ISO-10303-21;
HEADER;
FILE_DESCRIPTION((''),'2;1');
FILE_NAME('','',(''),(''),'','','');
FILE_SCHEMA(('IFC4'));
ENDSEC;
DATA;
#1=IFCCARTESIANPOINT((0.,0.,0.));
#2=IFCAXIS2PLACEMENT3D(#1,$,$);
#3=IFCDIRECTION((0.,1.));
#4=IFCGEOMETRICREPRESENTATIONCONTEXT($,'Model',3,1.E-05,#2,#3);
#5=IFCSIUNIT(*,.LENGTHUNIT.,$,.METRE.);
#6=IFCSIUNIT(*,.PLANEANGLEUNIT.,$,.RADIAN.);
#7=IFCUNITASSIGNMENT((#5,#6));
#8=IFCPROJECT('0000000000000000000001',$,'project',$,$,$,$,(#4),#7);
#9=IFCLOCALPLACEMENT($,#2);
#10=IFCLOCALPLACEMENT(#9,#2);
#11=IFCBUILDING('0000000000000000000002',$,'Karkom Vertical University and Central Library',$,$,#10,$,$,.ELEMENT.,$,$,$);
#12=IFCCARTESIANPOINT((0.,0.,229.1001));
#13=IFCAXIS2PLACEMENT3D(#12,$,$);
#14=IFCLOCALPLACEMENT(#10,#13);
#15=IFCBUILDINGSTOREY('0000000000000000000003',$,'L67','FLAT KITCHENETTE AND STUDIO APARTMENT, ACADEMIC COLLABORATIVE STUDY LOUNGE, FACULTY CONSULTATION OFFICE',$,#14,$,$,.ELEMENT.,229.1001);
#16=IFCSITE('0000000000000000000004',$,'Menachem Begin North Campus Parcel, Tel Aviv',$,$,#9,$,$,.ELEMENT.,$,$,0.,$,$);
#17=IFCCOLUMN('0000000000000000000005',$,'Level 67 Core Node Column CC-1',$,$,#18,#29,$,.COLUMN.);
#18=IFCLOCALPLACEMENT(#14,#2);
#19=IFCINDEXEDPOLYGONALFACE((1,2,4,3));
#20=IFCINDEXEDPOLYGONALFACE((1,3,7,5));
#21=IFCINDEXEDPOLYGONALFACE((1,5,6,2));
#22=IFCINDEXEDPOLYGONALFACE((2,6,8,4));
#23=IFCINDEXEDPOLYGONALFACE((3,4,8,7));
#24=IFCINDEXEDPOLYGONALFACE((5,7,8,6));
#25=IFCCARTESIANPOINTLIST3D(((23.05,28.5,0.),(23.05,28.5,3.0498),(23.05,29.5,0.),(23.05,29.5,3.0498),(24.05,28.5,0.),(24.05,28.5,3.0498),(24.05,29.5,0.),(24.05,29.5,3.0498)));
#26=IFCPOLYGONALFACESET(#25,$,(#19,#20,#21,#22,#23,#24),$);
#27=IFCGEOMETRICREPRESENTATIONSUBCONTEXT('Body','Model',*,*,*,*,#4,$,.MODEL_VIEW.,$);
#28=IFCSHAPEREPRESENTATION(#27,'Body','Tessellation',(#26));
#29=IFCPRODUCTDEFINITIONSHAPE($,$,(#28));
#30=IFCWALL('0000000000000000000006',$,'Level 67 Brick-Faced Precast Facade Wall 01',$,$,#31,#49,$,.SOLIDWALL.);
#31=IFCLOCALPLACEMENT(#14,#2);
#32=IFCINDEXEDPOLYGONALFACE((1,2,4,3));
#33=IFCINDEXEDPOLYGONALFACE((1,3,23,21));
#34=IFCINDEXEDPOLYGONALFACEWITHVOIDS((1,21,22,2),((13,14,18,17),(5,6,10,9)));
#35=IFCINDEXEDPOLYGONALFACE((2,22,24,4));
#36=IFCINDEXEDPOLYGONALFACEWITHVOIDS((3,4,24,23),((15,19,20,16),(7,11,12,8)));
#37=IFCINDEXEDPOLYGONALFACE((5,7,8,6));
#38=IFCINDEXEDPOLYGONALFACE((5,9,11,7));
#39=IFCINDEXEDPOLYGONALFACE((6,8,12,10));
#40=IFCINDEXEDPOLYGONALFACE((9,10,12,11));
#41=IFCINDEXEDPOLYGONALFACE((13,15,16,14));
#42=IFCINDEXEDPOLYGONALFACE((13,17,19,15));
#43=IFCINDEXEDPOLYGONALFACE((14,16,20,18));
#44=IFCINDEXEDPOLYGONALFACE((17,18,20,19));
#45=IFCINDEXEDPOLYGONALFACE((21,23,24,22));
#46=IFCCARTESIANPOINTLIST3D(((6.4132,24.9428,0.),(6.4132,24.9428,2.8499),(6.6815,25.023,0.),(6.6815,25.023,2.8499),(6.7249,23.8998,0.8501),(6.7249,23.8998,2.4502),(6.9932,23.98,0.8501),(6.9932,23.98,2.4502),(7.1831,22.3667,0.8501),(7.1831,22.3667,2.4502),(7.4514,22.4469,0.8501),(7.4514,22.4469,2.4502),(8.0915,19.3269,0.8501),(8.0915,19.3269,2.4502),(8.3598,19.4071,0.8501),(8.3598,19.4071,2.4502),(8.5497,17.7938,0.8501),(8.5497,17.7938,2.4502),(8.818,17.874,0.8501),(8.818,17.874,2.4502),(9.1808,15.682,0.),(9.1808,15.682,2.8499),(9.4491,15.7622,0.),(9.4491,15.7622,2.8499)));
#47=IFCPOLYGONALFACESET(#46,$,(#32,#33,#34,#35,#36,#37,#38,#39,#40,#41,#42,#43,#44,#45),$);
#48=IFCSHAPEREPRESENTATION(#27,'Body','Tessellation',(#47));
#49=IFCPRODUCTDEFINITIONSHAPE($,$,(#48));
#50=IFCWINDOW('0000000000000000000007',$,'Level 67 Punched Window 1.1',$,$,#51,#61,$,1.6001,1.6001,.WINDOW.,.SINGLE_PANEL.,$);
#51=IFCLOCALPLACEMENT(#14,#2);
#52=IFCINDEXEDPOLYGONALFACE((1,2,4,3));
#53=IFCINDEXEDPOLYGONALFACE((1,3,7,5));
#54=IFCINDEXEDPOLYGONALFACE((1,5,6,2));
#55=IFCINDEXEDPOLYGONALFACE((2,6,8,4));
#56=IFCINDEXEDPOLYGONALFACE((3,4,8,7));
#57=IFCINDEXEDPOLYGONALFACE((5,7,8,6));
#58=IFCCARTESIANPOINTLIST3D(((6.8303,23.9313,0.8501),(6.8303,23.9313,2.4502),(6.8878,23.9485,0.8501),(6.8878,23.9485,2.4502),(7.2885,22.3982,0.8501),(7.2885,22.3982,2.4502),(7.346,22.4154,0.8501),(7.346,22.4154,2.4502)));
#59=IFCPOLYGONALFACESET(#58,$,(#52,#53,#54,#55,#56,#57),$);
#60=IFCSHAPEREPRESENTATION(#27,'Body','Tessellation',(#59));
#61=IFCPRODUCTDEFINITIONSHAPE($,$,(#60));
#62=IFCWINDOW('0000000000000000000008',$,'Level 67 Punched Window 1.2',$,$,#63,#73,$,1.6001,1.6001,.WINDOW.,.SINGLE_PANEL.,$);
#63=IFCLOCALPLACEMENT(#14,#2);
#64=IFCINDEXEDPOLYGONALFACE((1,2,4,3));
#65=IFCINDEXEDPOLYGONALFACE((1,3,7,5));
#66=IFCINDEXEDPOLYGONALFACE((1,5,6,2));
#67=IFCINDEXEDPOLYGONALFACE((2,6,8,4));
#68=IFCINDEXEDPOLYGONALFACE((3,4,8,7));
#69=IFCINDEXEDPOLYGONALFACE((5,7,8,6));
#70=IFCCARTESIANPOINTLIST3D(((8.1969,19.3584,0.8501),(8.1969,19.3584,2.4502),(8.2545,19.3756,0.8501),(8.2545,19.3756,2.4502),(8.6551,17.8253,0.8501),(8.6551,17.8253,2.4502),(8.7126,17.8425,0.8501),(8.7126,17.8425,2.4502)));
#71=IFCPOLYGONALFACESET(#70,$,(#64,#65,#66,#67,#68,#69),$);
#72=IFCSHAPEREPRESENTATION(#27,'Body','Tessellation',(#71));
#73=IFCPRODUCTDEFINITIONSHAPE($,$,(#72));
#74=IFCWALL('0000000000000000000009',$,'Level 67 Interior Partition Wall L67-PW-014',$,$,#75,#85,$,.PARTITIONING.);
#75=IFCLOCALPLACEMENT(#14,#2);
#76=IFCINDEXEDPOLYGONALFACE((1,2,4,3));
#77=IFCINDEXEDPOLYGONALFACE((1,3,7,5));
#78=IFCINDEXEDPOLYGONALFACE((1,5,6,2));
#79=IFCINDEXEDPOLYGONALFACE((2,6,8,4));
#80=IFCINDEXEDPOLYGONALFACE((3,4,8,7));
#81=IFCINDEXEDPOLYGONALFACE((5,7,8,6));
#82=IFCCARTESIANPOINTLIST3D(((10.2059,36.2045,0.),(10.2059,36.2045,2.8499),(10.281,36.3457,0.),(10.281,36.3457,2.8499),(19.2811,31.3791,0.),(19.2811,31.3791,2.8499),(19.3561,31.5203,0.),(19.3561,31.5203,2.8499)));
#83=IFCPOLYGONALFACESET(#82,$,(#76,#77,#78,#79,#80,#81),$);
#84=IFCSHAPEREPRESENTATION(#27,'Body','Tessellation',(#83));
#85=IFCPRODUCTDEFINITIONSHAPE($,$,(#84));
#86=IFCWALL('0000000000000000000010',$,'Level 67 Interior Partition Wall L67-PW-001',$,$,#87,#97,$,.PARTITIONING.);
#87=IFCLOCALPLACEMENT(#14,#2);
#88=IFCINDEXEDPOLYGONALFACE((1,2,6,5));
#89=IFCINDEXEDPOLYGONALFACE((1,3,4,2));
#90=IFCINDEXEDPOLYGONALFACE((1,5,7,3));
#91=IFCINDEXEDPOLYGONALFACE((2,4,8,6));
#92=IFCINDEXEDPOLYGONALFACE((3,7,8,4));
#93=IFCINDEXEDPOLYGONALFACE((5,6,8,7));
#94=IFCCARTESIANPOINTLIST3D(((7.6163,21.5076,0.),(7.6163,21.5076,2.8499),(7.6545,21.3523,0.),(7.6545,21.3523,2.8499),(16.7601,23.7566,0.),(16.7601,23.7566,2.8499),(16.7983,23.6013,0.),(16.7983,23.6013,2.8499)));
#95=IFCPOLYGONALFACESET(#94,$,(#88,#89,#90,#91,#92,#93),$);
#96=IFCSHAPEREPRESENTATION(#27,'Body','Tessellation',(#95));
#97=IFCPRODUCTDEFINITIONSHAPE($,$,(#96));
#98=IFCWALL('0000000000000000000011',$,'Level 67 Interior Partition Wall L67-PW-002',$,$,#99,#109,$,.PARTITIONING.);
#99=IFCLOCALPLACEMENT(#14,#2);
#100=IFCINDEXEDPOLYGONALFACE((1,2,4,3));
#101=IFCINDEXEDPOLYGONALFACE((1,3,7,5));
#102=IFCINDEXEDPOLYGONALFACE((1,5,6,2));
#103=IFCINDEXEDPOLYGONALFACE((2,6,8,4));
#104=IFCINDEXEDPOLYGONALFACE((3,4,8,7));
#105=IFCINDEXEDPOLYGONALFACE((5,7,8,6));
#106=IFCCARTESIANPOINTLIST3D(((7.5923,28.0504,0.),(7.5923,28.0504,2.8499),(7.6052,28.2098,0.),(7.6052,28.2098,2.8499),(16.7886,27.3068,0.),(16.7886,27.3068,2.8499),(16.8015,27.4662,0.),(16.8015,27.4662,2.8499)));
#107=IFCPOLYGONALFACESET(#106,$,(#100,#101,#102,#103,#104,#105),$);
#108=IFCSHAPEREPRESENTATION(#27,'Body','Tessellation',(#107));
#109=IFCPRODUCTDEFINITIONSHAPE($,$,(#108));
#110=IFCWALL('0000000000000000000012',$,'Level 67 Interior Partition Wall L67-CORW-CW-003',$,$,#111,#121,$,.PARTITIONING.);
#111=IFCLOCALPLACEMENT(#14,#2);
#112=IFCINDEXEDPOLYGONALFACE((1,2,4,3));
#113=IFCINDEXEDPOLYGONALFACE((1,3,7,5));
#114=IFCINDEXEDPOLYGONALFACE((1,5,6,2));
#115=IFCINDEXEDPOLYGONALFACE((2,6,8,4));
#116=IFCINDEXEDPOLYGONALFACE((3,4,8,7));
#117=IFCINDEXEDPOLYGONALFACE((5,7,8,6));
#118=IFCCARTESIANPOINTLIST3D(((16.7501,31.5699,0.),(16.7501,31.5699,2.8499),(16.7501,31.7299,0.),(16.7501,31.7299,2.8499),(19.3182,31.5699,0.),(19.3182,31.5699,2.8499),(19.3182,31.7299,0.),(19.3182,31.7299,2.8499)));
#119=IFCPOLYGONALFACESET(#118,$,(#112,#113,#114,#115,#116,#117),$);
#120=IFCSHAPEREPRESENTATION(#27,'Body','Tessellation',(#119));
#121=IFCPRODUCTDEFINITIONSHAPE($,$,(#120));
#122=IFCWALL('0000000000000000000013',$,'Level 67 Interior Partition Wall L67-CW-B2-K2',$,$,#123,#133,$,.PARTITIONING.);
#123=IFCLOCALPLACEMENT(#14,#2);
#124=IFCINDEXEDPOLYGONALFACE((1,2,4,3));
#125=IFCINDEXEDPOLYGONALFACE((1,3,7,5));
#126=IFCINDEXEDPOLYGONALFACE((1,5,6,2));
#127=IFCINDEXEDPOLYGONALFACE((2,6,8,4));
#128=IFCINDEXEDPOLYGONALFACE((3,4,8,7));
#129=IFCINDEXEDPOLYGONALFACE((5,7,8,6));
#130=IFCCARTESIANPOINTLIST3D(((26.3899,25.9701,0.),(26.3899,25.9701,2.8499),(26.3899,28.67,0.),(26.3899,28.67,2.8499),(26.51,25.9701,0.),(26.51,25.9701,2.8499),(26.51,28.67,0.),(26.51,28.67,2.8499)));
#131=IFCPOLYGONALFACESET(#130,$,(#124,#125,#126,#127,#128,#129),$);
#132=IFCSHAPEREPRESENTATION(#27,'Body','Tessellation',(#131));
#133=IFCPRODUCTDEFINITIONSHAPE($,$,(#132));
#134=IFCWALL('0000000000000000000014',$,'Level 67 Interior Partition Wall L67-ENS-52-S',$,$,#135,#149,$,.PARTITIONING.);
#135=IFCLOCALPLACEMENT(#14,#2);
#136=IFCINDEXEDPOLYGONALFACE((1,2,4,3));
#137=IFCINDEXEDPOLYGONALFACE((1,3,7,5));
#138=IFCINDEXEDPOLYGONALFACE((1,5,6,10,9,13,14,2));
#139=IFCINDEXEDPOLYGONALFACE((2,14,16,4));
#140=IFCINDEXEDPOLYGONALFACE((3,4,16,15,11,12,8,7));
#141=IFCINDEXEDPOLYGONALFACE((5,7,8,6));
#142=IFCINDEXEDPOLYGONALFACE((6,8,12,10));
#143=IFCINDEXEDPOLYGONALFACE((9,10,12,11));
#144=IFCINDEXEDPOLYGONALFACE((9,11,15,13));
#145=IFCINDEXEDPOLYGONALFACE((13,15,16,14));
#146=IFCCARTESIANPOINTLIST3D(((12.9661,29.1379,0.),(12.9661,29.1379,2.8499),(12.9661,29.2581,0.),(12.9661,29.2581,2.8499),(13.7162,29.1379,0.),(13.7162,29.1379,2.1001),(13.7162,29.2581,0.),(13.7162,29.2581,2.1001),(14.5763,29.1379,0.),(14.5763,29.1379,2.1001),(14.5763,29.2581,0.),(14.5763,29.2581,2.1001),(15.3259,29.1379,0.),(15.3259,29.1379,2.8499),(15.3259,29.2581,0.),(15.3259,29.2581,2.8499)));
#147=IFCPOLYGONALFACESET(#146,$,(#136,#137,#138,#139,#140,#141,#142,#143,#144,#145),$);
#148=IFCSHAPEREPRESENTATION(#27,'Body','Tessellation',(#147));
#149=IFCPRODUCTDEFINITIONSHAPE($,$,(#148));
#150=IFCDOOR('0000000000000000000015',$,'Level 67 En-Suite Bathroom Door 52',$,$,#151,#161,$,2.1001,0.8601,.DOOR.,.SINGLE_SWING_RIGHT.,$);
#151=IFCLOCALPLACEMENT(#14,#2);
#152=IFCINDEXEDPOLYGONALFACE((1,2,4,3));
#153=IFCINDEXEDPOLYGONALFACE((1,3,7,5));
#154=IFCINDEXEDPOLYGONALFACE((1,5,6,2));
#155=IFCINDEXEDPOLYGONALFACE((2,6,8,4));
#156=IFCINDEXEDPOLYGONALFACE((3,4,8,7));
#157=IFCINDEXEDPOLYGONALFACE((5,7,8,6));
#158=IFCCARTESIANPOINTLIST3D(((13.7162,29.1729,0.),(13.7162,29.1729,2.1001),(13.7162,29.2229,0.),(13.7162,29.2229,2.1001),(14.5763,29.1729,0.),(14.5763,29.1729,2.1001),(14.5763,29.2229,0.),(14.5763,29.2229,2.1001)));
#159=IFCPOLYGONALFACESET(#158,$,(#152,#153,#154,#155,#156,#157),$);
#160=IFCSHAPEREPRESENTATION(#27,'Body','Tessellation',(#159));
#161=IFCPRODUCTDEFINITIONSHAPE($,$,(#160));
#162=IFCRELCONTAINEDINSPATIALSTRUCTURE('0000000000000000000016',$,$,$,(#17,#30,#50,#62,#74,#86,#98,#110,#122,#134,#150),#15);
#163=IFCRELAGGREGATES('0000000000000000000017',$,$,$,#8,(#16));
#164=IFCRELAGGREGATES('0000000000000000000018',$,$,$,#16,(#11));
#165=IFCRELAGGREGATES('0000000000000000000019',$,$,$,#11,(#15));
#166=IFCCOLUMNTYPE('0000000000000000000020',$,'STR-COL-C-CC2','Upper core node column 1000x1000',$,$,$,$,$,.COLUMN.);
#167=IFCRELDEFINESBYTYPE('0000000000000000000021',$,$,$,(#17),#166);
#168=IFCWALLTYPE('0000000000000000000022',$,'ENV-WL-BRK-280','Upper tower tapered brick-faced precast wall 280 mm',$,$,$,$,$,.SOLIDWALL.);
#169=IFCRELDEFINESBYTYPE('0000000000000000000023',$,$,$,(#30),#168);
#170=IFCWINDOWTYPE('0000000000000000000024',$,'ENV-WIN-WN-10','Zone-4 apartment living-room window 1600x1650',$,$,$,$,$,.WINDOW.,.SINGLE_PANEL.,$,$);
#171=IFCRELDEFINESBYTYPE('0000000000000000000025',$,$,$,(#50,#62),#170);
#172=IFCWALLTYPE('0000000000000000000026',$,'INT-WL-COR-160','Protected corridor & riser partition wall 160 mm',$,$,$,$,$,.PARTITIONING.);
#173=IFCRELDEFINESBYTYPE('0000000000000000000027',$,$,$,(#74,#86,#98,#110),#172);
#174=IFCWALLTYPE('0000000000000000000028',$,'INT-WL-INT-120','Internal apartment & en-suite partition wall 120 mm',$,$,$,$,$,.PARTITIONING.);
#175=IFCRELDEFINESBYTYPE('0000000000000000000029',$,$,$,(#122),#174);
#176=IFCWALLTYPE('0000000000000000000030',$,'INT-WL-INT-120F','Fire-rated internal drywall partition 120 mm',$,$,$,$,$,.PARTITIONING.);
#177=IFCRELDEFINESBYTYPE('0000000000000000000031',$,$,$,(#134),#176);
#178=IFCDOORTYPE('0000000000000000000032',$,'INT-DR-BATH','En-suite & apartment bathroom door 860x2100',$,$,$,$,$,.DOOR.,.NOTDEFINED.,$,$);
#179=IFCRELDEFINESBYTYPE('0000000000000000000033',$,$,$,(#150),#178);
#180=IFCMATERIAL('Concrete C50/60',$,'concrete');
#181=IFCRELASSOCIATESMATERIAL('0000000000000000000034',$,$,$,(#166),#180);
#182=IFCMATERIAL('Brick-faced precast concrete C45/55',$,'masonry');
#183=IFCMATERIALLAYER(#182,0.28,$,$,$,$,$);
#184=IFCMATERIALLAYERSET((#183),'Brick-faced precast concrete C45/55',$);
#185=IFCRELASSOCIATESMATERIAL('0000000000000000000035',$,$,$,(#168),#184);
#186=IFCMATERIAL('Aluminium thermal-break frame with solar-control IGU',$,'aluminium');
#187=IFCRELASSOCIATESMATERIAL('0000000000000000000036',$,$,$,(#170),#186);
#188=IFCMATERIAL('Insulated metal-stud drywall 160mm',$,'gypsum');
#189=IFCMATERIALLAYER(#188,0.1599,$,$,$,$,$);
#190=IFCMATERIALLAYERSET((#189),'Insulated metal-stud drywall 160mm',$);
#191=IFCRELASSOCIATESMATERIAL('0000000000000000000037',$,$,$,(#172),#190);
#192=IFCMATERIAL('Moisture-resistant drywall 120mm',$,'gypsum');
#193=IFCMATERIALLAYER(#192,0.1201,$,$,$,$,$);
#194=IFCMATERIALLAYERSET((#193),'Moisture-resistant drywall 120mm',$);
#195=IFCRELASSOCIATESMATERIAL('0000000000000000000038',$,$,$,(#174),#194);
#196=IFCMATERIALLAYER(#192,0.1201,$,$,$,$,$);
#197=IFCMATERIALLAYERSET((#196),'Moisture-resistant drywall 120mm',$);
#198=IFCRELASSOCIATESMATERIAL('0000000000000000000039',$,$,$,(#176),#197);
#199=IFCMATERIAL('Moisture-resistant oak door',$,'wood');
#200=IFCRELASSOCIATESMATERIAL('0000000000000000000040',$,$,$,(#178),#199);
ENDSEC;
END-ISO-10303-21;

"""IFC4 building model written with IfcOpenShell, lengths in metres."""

from ifc_helpers import new_model, si_unit, direction, frame, frame_2d, origin, origin_with_axes, origin_2d, place, context, subcontext, project, spatial, rectangle, extrude, source, transform, mapped, material, layer, layer_set, material_profile, profile_set, type_object, element, fill, save


model = new_model("IFC4")

# Units and contexts
model_context = context("Model", 3, precision=1e-05, world=origin(), true_north=direction((0.0, 1.0)))
body_context = subcontext(model_context, "Body", "Model", "MODEL_VIEW")
ifc_project = project(units=[si_unit("LENGTHUNIT", "METRE"), si_unit("PLANEANGLEUNIT", "RADIAN")], contexts=[model_context])

# Site, building, storey
site_placement = place(None, origin())
site = spatial("IfcSite", under=ifc_project, at=site_placement, Name="Menachem Begin North Campus Parcel, Tel Aviv", CompositionType="ELEMENT", RefElevation=0.0)
building_placement = place(site_placement, origin())
building = spatial("IfcBuilding", under=site, at=building_placement, Name="Karkom Vertical University and Central Library", CompositionType="ELEMENT")
storey_placement = place(building_placement, frame((0.0, 0.0, 229.1001)))
storey = spatial("IfcBuildingStorey", under=building, at=storey_placement, Name="L67", Description="FLAT KITCHENETTE AND STUDIO APARTMENT, ACADEMIC COLLABORATIVE STUDY LOUNGE, FACULTY CONSULTATION OFFICE", CompositionType="ELEMENT", Elevation=229.1001)

# Column
ifc_material_1 = material(Name="Concrete C50/60", Category="concrete")
ifc_material_profile = material_profile(ifc_material_1, rectangle(XDim=1.0, YDim=1.0, at=origin_2d()), Name="RC-1000x1000")
ifc_profile_set = profile_set([ifc_material_profile], Name="Concrete C50/60")
column_type = type_object("IfcColumnType", Name="STR-COL-C-CC2", Description="Upper core node column 1000x1000", PredefinedType="COLUMN", material=ifc_profile_set)
shared_shape_1 = source(origin_with_axes(), body_context, "Body", "SweptSolid", [
    extrude(rectangle(XDim=1.0, YDim=1.0, at=origin_2d()), origin(), (0.0, 0.0, 1.0), 3.0498),
])
column_placement = place(storey_placement, frame((23.55, 29.0, 0.0), z_axis=(0.0, 0.0, 1.0), x_axis=(1.0, 0.0, 0.0)))
element("IfcColumn", 1, at=column_placement, inside=storey, type_object=column_type, Name="Level 67 Core Node Column CC-1", PredefinedType="COLUMN", context=body_context, shape_type="MappedRepresentation", body=[
    mapped(shared_shape_1, transform((0.0, 0.0, 0.0), scale=1.0)),
])

# Wall, openings, windows
ifc_material_2 = material(Name="Brick-faced precast concrete C45/55", Category="masonry")
ifc_layer_1 = layer(ifc_material_2, 0.28)
ifc_layer_set_1 = layer_set([ifc_layer_1], Name="Brick-faced precast concrete C45/55")
wall_type_1 = type_object("IfcWallType", Name="ENV-WL-BRK-280", Description="Upper tower tapered brick-faced precast wall 280 mm", PredefinedType="SOLIDWALL", material=ifc_layer_set_1)
wall_1_placement = place(storey_placement, frame((6.5474, 24.9829, 0.0), z_axis=(0.0, 0.0, 1.0), x_axis=(0.286337, -0.958129, 0.0)))
wall_1 = element("IfcWall", 2, at=wall_1_placement, inside=storey, type_object=wall_type_1, Name="Level 67 Brick-Faced Precast Facade Wall 01", PredefinedType="SOLIDWALL", context=body_context, shape_type="SweptSolid", body=[
    extrude(rectangle(XDim=9.6655, YDim=0.28, at=frame_2d((4.8328, 0.0))), origin(), (0.0, 0.0, 1.0), 2.8499),
])
opening_1_placement = place(wall_1_placement, frame((1.0886, 0.0, 0.8501)))
opening_1 = element("IfcOpeningElement", 3, at=opening_1_placement, cuts=wall_1, PredefinedType="OPENING", context=body_context, shape_type="SweptSolid", body=[
    extrude(rectangle(XDim=1.6001, YDim=1.6001, at=frame_2d((0.8, 0.8))), frame((0.0, 0.1499, 0.0), z_axis=(0.0, -1.0, 0.0), x_axis=(1.0, 0.0, 0.0)), (0.0, 0.0, 1.0), 0.3),
])
opening_2_placement = place(wall_1_placement, frame((5.8613, 0.0, 0.8501)))
opening_2 = element("IfcOpeningElement", 4, at=opening_2_placement, cuts=wall_1, PredefinedType="OPENING", context=body_context, shape_type="SweptSolid", body=[
    extrude(rectangle(XDim=1.6001, YDim=1.6001, at=frame_2d((0.8, 0.8))), frame((0.0, 0.1499, 0.0), z_axis=(0.0, -1.0, 0.0), x_axis=(1.0, 0.0, 0.0)), (0.0, 0.0, 1.0), 0.3),
])
ifc_material_3 = material(Name="Aluminium thermal-break frame with solar-control IGU", Category="aluminium")
window_type = type_object("IfcWindowType", Name="ENV-WIN-WN-10", Description="Zone-4 apartment living-room window 1600x1650", PartitioningType="SINGLE_PANEL", PredefinedType="WINDOW", material=ifc_material_3)
shared_shape_2 = source(origin_with_axes(), body_context, "Body", "SweptSolid", [
    extrude(rectangle(XDim=1.6001, YDim=1.6001, at=frame_2d((0.8, 0.8))), frame((0.0, 0.03, 0.0), z_axis=(0.0, -1.0, 0.0), x_axis=(1.0, 0.0, 0.0)), (0.0, 0.0, 1.0), 0.0601),
])
window_1_placement = place(opening_1_placement, origin())
window_1 = element("IfcWindow", 5, at=window_1_placement, inside=storey, type_object=window_type, Name="Level 67 Punched Window 1.1", OverallHeight=1.6001, OverallWidth=1.6001, PartitioningType="SINGLE_PANEL", PredefinedType="WINDOW", context=body_context, shape_type="MappedRepresentation", body=[
    mapped(shared_shape_2, transform((0.0, 0.0, 0.0), scale=1.0)),
])
fill(opening_1, window_1)
window_2_placement = place(opening_2_placement, origin())
window_2 = element("IfcWindow", 6, at=window_2_placement, inside=storey, type_object=window_type, Name="Level 67 Punched Window 1.2", OverallHeight=1.6001, OverallWidth=1.6001, PartitioningType="SINGLE_PANEL", PredefinedType="WINDOW", context=body_context, shape_type="MappedRepresentation", body=[
    mapped(shared_shape_2, transform((0.0, 0.0, 0.0), scale=1.0)),
])
fill(opening_2, window_2)

# Walls
ifc_material_4 = material(Name="Insulated metal-stud drywall 160mm", Category="gypsum")
ifc_layer_2 = layer(ifc_material_4, 0.1599)
ifc_layer_set_2 = layer_set([ifc_layer_2], Name="Insulated metal-stud drywall 160mm")
wall_type_2 = type_object("IfcWallType", Name="INT-WL-COR-160", Description="Protected corridor & riser partition wall 160 mm", PredefinedType="PARTITIONING", material=ifc_layer_set_2)
wall_2_placement = place(storey_placement, frame((19.3186, 31.4497, 0.0), z_axis=(0.0, 0.0, 1.0), x_axis=(-0.882945, 0.469477, 0.0)))
element("IfcWall", 7, at=wall_2_placement, inside=storey, type_object=wall_type_2, Name="Level 67 Interior Partition Wall L67-PW-014", PredefinedType="PARTITIONING", context=body_context, shape_type="SweptSolid", body=[
    extrude(rectangle(XDim=10.2783, YDim=0.1599, at=frame_2d((5.1392, 0.0))), origin(), (0.0, 0.0, 1.0), 2.8499),
])
wall_3_placement = place(storey_placement, frame((16.7791, 23.679, 0.0), z_axis=(0.0, 0.0, 1.0), x_axis=(-0.971058, -0.238843, 0.0)))
element("IfcWall", 8, at=wall_3_placement, inside=storey, type_object=wall_type_2, Name="Level 67 Interior Partition Wall L67-PW-001", PredefinedType="PARTITIONING", context=body_context, shape_type="SweptSolid", body=[
    extrude(rectangle(XDim=9.4163, YDim=0.1599, at=frame_2d((4.708, 0.0))), origin(), (0.0, 0.0, 1.0), 2.8499),
])
wall_4_placement = place(storey_placement, frame((7.5986, 28.1301, 0.0), z_axis=(0.0, 0.0, 1.0), x_axis=(0.996746, -0.080601, 0.0)))
element("IfcWall", 9, at=wall_4_placement, inside=storey, type_object=wall_type_2, Name="Level 67 Interior Partition Wall L67-PW-002", PredefinedType="PARTITIONING", context=body_context, shape_type="SweptSolid", body=[
    extrude(rectangle(XDim=9.2263, YDim=0.1599, at=frame_2d((4.6133, 0.0))), origin(), (0.0, 0.0, 1.0), 2.8499),
])
wall_5_placement = place(storey_placement, frame((16.75, 31.6499, 0.0), z_axis=(0.0, 0.0, 1.0), x_axis=(1.0, 0.0, 0.0)))
element("IfcWall", 10, at=wall_5_placement, inside=storey, type_object=wall_type_2, Name="Level 67 Interior Partition Wall L67-CORW-CW-003", PredefinedType="PARTITIONING", context=body_context, shape_type="SweptSolid", body=[
    extrude(rectangle(XDim=2.5681, YDim=0.1599, at=frame_2d((1.2842, 0.0))), origin(), (0.0, 0.0, 1.0), 2.8499),
])
ifc_material_5 = material(Name="Moisture-resistant drywall 120mm", Category="gypsum")
ifc_layer_3 = layer(ifc_material_5, 0.1201)
ifc_layer_set_3 = layer_set([ifc_layer_3], Name="Moisture-resistant drywall 120mm")
wall_type_3 = type_object("IfcWallType", Name="INT-WL-INT-120", Description="Internal apartment & en-suite partition wall 120 mm", PredefinedType="PARTITIONING", material=ifc_layer_set_3)
wall_6_placement = place(storey_placement, frame((26.45, 25.97, 0.0), z_axis=(0.0, 0.0, 1.0), x_axis=(0.0, 1.0, 0.0)))
element("IfcWall", 11, at=wall_6_placement, inside=storey, type_object=wall_type_3, Name="Level 67 Interior Partition Wall L67-CW-B2-K2", PredefinedType="PARTITIONING", context=body_context, shape_type="SweptSolid", body=[
    extrude(rectangle(XDim=2.7, YDim=0.1201, at=frame_2d((1.3501, 0.0))), origin(), (0.0, 0.0, 1.0), 2.8499),
])

# Wall, opening, door
ifc_layer_4 = layer(ifc_material_5, 0.1201)
ifc_layer_set_4 = layer_set([ifc_layer_4], Name="Moisture-resistant drywall 120mm")
wall_type_4 = type_object("IfcWallType", Name="INT-WL-INT-120F", Description="Fire-rated internal drywall partition 120 mm", PredefinedType="PARTITIONING", material=ifc_layer_set_4)
wall_7_placement = place(storey_placement, frame((12.9661, 29.198, 0.0), z_axis=(0.0, 0.0, 1.0), x_axis=(1.0, 0.0, 0.0)))
wall_7 = element("IfcWall", 12, at=wall_7_placement, inside=storey, type_object=wall_type_4, Name="Level 67 Interior Partition Wall L67-ENS-52-S", PredefinedType="PARTITIONING", context=body_context, shape_type="SweptSolid", body=[
    extrude(rectangle(XDim=2.3599, YDim=0.1201, at=frame_2d((1.1799, 0.0))), origin(), (0.0, 0.0, 1.0), 2.8499),
])
opening_3_placement = place(wall_7_placement, frame((0.75, 0.0, 0.0)))
opening_3 = element("IfcOpeningElement", 13, at=opening_3_placement, cuts=wall_7, PredefinedType="OPENING", context=body_context, shape_type="SweptSolid", body=[
    extrude(rectangle(XDim=0.8601, YDim=2.1001, at=frame_2d((0.4302, 1.05))), frame((0.0, 0.0701, 0.0), z_axis=(0.0, -1.0, 0.0), x_axis=(1.0, 0.0, 0.0)), (0.0, 0.0, 1.0), 0.1401),
])
ifc_material_6 = material(Name="Moisture-resistant oak door", Category="wood")
door_type_1 = type_object("IfcDoorType", Name="INT-DR-BATH", Description="En-suite & apartment bathroom door 860x2100", OperationType="NOTDEFINED", PredefinedType="DOOR", material=ifc_material_6)
shared_shape_3 = source(origin_with_axes(), body_context, "Body", "SweptSolid", [
    extrude(rectangle(XDim=0.8601, YDim=2.1001, at=frame_2d((0.4302, 1.05))), frame((0.0, 0.0249, 0.0), z_axis=(0.0, -1.0, 0.0), x_axis=(1.0, 0.0, 0.0)), (0.0, 0.0, 1.0), 0.05),
])
door_1_placement = place(opening_3_placement, origin())
door_1 = element("IfcDoor", 14, at=door_1_placement, inside=storey, type_object=door_type_1, Name="Level 67 En-Suite Bathroom Door 52", OperationType="SINGLE_SWING_RIGHT", OverallHeight=2.1001, OverallWidth=0.8601, PredefinedType="DOOR", context=body_context, shape_type="MappedRepresentation", body=[
    mapped(shared_shape_3, transform((0.0, 0.0, 0.0), scale=1.0)),
])
fill(opening_3, door_1)

save(model, "model.ifc")
